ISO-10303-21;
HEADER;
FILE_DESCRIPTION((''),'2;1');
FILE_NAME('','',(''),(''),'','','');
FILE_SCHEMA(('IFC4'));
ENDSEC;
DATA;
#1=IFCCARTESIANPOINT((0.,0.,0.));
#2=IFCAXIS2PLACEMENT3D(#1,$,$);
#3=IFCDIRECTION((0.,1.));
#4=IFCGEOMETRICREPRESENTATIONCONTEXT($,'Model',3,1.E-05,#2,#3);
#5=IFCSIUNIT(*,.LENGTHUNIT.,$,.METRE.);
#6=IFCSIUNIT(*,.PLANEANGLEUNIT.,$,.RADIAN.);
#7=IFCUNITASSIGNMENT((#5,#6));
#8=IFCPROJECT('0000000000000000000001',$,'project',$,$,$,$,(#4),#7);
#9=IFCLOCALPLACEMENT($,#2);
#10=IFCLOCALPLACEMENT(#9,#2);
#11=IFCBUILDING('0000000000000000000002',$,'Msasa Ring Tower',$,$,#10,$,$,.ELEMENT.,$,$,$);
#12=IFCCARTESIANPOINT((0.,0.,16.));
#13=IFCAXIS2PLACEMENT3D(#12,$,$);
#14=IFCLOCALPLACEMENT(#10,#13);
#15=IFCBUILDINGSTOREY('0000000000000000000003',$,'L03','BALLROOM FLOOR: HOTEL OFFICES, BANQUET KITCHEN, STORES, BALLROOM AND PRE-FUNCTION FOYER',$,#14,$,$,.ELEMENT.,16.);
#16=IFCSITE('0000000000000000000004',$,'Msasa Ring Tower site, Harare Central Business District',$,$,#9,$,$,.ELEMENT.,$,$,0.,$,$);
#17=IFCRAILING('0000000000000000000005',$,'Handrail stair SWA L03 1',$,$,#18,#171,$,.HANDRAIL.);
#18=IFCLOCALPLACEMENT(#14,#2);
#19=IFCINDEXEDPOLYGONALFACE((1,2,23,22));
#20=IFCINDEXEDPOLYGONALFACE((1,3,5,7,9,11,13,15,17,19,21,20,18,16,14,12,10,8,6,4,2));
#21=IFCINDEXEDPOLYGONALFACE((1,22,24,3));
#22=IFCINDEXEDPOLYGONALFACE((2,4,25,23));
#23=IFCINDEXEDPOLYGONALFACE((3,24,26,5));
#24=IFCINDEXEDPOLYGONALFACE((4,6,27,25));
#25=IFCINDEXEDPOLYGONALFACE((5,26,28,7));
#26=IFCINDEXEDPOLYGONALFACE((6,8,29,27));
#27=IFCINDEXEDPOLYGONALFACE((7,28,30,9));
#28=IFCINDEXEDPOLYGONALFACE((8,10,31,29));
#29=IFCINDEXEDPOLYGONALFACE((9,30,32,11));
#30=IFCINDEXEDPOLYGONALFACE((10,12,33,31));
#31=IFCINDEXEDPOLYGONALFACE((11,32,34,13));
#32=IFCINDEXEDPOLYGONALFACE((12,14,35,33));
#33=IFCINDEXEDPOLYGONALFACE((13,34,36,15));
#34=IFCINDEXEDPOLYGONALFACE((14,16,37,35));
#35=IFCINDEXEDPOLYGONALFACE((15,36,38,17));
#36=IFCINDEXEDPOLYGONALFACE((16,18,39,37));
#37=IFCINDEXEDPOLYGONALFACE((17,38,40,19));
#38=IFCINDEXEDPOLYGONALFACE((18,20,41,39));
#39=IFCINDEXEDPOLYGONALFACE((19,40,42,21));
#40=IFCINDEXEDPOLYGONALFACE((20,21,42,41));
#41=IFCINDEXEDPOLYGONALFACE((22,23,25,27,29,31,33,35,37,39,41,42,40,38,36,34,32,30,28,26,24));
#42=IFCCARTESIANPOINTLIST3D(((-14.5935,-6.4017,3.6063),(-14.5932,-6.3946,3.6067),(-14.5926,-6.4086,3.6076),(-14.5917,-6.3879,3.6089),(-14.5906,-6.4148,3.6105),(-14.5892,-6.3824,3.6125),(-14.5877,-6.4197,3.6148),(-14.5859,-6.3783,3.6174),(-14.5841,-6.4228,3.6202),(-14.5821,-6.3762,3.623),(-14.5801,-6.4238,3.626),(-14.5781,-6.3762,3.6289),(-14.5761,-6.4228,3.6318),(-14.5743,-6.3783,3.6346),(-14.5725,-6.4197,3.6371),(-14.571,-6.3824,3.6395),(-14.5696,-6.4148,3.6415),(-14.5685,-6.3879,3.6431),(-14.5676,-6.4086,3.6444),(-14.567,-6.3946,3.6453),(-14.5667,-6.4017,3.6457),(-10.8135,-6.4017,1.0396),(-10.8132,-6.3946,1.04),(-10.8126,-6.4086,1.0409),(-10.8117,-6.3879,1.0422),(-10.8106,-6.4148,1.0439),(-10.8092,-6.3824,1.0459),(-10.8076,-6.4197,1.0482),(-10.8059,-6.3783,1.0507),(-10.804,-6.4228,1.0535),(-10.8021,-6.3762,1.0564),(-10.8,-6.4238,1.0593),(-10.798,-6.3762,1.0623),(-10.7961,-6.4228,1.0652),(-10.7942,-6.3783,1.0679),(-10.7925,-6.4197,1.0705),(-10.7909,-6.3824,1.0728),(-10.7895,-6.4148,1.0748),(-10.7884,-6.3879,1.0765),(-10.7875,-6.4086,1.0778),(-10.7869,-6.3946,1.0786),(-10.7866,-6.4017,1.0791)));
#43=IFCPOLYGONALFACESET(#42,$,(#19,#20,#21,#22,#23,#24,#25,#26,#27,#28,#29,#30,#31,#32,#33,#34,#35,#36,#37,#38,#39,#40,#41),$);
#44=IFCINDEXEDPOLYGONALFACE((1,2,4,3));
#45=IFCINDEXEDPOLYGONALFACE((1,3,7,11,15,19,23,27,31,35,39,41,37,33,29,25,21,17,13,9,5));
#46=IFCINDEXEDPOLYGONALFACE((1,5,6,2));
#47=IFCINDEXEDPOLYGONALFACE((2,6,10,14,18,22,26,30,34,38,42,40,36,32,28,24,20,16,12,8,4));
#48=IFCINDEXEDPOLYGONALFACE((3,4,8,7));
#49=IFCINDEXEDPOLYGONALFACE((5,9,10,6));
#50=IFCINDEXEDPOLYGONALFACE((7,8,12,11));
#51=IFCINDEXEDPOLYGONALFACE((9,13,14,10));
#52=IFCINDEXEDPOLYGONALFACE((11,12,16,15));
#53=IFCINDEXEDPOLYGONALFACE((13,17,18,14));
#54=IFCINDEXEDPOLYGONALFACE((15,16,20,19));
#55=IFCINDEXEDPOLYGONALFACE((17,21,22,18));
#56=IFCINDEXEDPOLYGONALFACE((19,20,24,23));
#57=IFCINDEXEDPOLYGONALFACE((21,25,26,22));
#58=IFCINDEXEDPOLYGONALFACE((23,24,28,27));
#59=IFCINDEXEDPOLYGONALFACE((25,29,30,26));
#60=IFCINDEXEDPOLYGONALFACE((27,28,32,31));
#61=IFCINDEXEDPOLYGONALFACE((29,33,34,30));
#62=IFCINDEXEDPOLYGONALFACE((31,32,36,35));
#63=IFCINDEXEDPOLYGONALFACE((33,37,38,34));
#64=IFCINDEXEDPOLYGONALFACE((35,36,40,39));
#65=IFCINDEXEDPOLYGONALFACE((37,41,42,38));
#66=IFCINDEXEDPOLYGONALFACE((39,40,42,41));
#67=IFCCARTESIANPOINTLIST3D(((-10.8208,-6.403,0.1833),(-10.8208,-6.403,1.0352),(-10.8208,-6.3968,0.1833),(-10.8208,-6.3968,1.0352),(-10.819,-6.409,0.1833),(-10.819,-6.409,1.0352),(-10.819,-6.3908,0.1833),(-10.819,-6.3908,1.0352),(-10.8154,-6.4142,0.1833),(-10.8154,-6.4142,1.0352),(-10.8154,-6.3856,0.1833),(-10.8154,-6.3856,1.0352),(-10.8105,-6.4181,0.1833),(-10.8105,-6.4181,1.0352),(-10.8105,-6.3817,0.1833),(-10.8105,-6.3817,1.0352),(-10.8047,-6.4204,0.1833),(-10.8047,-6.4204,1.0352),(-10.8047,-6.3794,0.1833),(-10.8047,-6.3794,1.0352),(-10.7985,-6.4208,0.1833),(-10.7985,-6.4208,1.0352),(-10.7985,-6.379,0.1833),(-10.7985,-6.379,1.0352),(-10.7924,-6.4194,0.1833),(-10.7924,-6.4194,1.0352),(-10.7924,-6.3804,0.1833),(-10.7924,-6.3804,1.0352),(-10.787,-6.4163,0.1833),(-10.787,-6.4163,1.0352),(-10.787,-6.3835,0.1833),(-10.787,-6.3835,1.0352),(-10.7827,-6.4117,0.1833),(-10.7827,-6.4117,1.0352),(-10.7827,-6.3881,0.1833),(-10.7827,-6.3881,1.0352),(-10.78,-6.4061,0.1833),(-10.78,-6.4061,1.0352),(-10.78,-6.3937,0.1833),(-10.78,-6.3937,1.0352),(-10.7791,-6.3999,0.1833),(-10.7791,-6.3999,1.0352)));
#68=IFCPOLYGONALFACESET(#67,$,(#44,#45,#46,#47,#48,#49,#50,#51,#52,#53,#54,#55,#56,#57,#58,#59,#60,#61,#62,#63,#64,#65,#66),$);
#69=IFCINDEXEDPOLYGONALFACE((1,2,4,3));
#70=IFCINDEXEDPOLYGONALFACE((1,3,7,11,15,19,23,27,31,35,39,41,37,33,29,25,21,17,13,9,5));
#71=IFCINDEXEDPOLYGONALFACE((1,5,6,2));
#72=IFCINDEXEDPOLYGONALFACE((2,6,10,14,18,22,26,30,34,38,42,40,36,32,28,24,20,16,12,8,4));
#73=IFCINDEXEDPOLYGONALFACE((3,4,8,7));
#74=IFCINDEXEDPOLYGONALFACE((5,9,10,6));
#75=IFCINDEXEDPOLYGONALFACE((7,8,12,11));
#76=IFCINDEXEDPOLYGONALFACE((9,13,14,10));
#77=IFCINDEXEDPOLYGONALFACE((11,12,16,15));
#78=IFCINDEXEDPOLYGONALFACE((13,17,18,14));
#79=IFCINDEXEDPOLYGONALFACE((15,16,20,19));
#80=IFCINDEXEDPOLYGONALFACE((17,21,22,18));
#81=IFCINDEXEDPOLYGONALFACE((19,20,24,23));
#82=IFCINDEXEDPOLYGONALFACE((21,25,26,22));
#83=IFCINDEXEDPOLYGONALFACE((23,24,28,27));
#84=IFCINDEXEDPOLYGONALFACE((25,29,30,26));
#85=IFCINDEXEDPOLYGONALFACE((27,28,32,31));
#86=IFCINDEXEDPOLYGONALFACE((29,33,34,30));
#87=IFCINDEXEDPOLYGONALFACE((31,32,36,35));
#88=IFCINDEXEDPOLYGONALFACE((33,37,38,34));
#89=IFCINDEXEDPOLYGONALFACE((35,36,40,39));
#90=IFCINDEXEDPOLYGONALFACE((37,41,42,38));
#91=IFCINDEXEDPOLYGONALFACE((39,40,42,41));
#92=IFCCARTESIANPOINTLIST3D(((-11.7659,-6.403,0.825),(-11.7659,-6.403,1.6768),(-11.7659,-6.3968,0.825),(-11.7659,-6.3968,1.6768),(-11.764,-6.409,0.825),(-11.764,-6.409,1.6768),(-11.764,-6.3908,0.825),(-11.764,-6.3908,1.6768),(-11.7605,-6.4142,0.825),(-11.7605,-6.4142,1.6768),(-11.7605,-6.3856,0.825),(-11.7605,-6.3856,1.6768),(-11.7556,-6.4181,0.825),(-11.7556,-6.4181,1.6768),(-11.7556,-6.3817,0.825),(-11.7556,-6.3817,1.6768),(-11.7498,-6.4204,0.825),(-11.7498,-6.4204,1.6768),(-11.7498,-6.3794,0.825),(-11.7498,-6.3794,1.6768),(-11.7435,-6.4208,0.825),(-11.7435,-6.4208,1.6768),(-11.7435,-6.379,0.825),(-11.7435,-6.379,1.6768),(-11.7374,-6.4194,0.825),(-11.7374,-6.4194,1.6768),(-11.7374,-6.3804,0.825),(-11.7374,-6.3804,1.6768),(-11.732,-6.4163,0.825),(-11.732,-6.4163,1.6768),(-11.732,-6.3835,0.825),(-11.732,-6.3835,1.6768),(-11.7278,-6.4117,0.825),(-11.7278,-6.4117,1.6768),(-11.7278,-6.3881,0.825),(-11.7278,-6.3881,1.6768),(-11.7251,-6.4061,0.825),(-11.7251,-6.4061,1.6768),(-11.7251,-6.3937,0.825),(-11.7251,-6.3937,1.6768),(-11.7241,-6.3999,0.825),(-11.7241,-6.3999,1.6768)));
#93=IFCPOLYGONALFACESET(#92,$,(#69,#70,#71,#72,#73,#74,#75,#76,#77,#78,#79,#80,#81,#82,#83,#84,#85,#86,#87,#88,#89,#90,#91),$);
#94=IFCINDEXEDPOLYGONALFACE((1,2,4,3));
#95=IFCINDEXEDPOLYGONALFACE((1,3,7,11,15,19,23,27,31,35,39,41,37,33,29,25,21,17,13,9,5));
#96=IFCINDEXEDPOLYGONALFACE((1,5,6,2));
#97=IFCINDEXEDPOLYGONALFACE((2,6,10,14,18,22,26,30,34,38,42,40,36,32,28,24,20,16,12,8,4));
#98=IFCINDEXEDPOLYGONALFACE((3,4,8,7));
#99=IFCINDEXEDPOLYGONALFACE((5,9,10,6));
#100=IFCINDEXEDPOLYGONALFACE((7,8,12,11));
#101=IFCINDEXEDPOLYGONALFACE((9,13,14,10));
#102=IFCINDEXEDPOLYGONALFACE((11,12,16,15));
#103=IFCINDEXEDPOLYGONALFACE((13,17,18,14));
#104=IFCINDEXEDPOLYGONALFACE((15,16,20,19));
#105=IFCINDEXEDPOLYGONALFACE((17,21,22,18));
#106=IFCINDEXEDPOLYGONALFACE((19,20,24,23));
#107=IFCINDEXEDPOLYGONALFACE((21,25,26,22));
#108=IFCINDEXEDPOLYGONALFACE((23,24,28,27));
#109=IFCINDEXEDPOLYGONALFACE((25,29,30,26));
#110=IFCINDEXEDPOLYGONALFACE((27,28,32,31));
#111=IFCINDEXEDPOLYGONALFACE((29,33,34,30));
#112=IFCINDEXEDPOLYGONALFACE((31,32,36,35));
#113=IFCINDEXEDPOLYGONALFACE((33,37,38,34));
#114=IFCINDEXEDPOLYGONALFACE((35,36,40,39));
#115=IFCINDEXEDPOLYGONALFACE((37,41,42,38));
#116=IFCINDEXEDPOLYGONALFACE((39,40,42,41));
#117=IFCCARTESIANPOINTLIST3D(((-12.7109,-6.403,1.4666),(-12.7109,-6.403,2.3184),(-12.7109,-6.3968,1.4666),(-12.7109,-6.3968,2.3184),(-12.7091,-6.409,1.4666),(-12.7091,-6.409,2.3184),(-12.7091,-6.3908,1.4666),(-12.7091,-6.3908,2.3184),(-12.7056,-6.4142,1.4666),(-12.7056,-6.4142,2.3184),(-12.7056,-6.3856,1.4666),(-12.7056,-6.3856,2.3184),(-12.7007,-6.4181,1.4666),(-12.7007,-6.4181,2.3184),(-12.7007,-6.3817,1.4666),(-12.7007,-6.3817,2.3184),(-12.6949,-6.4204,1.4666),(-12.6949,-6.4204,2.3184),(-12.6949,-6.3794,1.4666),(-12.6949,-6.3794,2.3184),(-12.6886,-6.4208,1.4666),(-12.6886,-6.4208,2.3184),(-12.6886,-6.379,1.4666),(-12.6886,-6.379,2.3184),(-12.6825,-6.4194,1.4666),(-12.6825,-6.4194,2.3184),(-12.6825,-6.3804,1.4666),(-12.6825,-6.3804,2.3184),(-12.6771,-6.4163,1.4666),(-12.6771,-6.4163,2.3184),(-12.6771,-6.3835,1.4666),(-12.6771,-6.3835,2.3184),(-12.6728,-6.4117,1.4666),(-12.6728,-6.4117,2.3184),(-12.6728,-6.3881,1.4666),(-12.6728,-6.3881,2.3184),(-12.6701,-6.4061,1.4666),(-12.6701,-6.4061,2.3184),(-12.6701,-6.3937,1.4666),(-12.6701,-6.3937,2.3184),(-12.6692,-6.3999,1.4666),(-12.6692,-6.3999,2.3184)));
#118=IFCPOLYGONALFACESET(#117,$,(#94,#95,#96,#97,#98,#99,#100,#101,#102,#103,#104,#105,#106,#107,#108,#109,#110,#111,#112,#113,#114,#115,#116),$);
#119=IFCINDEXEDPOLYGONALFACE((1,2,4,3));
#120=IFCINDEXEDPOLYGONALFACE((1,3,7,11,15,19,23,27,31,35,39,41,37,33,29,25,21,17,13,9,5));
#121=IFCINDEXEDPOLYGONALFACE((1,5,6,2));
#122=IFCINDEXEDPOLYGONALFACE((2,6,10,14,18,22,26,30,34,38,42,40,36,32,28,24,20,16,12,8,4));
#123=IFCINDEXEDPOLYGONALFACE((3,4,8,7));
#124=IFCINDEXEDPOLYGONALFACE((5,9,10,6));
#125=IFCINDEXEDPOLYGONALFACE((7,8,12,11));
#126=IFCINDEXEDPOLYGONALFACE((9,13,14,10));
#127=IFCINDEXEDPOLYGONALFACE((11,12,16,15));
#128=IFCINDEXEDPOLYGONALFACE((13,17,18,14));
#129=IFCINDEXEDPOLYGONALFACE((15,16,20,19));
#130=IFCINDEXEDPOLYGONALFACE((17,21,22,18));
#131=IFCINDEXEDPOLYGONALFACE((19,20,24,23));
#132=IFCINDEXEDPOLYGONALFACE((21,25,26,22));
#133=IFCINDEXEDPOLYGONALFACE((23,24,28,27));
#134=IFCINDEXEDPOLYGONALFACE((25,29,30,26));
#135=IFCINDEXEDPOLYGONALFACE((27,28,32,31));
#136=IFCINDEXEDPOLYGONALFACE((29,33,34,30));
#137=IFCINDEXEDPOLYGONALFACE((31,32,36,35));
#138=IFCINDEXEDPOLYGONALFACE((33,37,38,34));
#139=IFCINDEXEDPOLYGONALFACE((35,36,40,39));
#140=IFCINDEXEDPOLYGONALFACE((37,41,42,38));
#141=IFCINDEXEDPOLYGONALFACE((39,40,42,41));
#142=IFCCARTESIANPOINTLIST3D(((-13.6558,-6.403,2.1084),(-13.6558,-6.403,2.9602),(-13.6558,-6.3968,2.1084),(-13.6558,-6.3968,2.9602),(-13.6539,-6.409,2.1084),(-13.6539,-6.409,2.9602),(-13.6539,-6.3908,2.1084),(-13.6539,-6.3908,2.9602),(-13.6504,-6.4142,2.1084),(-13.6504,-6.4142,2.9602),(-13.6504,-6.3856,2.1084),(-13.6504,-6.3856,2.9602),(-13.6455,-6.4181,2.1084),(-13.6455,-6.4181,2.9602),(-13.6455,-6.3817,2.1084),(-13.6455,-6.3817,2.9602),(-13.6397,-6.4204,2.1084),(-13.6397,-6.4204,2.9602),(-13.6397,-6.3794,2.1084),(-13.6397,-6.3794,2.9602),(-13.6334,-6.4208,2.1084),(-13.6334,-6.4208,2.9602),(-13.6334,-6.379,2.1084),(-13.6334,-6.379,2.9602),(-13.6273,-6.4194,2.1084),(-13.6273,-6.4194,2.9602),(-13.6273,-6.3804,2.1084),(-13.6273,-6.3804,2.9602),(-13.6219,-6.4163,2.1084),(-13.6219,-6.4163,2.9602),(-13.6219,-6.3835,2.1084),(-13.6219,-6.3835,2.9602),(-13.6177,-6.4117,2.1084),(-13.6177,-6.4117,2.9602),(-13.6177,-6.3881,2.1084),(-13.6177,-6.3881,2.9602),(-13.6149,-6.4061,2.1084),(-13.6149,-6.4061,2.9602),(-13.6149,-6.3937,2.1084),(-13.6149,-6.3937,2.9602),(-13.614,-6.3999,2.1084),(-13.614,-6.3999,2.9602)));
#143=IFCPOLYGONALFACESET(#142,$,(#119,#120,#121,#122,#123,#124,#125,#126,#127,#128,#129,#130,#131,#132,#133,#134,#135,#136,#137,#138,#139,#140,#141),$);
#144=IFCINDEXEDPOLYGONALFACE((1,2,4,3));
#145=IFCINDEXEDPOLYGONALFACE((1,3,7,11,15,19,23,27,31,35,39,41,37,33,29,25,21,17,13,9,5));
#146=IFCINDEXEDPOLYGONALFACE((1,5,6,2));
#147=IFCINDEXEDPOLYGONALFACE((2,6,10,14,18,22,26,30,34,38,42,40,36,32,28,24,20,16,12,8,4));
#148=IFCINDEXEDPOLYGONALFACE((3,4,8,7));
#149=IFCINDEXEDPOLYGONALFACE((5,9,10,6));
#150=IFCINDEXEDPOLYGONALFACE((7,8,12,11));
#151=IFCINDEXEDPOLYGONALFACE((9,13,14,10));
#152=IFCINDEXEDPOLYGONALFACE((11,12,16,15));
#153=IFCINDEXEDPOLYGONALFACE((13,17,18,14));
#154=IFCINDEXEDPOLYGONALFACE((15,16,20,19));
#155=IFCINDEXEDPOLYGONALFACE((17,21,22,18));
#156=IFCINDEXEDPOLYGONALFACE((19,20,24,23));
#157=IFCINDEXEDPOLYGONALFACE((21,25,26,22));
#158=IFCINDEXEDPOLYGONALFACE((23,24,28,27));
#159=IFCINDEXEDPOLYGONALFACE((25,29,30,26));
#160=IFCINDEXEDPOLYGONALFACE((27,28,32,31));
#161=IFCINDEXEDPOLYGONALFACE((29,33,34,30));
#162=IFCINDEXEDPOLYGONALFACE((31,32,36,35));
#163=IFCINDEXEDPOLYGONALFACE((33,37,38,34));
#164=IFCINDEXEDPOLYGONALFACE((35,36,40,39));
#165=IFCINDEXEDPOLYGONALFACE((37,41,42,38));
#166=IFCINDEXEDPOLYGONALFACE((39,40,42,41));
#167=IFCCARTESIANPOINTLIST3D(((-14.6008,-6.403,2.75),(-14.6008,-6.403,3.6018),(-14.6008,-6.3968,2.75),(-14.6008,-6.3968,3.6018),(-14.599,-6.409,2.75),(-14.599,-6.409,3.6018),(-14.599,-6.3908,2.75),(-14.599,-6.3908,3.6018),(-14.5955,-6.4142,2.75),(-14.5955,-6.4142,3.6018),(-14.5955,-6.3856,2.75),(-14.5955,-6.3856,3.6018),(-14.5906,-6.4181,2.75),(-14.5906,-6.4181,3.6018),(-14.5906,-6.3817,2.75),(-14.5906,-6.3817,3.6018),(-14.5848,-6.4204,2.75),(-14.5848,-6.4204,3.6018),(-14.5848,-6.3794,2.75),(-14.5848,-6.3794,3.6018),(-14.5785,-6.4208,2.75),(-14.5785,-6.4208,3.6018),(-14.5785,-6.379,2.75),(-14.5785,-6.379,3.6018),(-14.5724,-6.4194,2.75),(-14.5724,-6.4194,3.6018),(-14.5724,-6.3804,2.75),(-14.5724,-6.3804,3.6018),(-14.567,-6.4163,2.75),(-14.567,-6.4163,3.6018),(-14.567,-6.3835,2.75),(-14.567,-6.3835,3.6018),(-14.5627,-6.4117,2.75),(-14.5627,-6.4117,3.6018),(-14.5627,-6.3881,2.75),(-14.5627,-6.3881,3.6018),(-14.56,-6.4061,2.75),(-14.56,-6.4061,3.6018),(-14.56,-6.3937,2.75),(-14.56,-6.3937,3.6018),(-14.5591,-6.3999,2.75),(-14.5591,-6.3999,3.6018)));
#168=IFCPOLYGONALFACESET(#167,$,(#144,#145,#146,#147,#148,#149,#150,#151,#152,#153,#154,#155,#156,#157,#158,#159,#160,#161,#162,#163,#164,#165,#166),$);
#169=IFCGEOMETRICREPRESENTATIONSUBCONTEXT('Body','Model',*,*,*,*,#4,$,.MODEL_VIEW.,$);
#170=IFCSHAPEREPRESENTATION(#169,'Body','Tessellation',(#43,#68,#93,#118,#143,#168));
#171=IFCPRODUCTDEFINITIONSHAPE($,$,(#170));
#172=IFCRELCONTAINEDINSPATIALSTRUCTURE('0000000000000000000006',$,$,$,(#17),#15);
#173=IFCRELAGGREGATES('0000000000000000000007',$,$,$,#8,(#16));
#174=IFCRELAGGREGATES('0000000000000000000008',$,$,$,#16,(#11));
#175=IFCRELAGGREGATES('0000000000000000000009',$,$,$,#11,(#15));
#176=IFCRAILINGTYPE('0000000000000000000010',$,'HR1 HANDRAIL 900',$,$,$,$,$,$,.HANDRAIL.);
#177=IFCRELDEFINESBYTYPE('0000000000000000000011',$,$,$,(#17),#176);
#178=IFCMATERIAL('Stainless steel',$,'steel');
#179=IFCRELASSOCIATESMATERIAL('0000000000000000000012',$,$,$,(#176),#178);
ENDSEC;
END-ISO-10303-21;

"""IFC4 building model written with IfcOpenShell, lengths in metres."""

from ifc_helpers import new_model, si_unit, direction, frame, origin, origin_2d, place, context, subcontext, project, spatial, circle, extrude, material, type_object, element, save


model = new_model("IFC4")

# Units and contexts
model_context = context("Model", 3, precision=1e-05, world=origin(), true_north=direction((0.0, 1.0)))
body_context = subcontext(model_context, "Body", "Model", "MODEL_VIEW")
ifc_project = project(units=[si_unit("LENGTHUNIT", "METRE"), si_unit("PLANEANGLEUNIT", "RADIAN")], contexts=[model_context])

# Site, building, storey
site_placement = place(None, origin())
site = spatial("IfcSite", under=ifc_project, at=site_placement, Name="Msasa Ring Tower site, Harare Central Business District", CompositionType="ELEMENT", RefElevation=0.0)
building_placement = place(site_placement, origin())
building = spatial("IfcBuilding", under=site, at=building_placement, Name="Msasa Ring Tower", CompositionType="ELEMENT")
storey_placement = place(building_placement, frame((0.0, 0.0, 16.0)))
storey = spatial("IfcBuildingStorey", under=building, at=storey_placement, Name="L03", Description="BALLROOM FLOOR: HOTEL OFFICES, BANQUET KITCHEN, STORES, BALLROOM AND PRE-FUNCTION FOYER", CompositionType="ELEMENT", Elevation=16.0)

# Railing
ifc_material_1 = material(Name="Stainless steel", Category="steel")
railing_type = type_object("IfcRailingType", Name="HR1 HANDRAIL 900", PredefinedType="HANDRAIL", material=ifc_material_1)
for number, where, name in (
    (1, (-10.8, -6.3999, 0.1833), "Handrail stair SWA L03 1"),
):
    element("IfcRailing", number, at=place(storey_placement, frame(where)), inside=storey, type_object=railing_type, Name=name, PredefinedType="HANDRAIL", context=body_context, shape_type="SweptSolid", body=[
        extrude(circle(Radius=0.0239, at=origin_2d()), frame((0.0, 0.0, 0.876), z_axis=(-0.82731, 0.0, 0.561746), x_axis=(0.0, -1.0, 0.0)), (0.0, 0.0, 1.0), 4.5691),
        extrude(circle(Radius=0.021, at=origin_2d()), origin(), (0.0, 0.0, 1.0), 0.8518),
        extrude(circle(Radius=0.021, at=origin_2d()), frame((-0.9451, 0.0, 0.6416)), (0.0, 0.0, 1.0), 0.8518),
        extrude(circle(Radius=0.021, at=origin_2d()), frame((-1.8901, 0.0, 1.2832)), (0.0, 0.0, 1.0), 0.8518),
        extrude(circle(Radius=0.021, at=origin_2d()), frame((-2.835, 0.0, 1.925)), (0.0, 0.0, 1.0), 0.8518),
        extrude(circle(Radius=0.021, at=origin_2d()), frame((-3.78, 0.0, 2.5667)), (0.0, 0.0, 1.0), 0.8518),
    ])

save(model, "model.ifc")
